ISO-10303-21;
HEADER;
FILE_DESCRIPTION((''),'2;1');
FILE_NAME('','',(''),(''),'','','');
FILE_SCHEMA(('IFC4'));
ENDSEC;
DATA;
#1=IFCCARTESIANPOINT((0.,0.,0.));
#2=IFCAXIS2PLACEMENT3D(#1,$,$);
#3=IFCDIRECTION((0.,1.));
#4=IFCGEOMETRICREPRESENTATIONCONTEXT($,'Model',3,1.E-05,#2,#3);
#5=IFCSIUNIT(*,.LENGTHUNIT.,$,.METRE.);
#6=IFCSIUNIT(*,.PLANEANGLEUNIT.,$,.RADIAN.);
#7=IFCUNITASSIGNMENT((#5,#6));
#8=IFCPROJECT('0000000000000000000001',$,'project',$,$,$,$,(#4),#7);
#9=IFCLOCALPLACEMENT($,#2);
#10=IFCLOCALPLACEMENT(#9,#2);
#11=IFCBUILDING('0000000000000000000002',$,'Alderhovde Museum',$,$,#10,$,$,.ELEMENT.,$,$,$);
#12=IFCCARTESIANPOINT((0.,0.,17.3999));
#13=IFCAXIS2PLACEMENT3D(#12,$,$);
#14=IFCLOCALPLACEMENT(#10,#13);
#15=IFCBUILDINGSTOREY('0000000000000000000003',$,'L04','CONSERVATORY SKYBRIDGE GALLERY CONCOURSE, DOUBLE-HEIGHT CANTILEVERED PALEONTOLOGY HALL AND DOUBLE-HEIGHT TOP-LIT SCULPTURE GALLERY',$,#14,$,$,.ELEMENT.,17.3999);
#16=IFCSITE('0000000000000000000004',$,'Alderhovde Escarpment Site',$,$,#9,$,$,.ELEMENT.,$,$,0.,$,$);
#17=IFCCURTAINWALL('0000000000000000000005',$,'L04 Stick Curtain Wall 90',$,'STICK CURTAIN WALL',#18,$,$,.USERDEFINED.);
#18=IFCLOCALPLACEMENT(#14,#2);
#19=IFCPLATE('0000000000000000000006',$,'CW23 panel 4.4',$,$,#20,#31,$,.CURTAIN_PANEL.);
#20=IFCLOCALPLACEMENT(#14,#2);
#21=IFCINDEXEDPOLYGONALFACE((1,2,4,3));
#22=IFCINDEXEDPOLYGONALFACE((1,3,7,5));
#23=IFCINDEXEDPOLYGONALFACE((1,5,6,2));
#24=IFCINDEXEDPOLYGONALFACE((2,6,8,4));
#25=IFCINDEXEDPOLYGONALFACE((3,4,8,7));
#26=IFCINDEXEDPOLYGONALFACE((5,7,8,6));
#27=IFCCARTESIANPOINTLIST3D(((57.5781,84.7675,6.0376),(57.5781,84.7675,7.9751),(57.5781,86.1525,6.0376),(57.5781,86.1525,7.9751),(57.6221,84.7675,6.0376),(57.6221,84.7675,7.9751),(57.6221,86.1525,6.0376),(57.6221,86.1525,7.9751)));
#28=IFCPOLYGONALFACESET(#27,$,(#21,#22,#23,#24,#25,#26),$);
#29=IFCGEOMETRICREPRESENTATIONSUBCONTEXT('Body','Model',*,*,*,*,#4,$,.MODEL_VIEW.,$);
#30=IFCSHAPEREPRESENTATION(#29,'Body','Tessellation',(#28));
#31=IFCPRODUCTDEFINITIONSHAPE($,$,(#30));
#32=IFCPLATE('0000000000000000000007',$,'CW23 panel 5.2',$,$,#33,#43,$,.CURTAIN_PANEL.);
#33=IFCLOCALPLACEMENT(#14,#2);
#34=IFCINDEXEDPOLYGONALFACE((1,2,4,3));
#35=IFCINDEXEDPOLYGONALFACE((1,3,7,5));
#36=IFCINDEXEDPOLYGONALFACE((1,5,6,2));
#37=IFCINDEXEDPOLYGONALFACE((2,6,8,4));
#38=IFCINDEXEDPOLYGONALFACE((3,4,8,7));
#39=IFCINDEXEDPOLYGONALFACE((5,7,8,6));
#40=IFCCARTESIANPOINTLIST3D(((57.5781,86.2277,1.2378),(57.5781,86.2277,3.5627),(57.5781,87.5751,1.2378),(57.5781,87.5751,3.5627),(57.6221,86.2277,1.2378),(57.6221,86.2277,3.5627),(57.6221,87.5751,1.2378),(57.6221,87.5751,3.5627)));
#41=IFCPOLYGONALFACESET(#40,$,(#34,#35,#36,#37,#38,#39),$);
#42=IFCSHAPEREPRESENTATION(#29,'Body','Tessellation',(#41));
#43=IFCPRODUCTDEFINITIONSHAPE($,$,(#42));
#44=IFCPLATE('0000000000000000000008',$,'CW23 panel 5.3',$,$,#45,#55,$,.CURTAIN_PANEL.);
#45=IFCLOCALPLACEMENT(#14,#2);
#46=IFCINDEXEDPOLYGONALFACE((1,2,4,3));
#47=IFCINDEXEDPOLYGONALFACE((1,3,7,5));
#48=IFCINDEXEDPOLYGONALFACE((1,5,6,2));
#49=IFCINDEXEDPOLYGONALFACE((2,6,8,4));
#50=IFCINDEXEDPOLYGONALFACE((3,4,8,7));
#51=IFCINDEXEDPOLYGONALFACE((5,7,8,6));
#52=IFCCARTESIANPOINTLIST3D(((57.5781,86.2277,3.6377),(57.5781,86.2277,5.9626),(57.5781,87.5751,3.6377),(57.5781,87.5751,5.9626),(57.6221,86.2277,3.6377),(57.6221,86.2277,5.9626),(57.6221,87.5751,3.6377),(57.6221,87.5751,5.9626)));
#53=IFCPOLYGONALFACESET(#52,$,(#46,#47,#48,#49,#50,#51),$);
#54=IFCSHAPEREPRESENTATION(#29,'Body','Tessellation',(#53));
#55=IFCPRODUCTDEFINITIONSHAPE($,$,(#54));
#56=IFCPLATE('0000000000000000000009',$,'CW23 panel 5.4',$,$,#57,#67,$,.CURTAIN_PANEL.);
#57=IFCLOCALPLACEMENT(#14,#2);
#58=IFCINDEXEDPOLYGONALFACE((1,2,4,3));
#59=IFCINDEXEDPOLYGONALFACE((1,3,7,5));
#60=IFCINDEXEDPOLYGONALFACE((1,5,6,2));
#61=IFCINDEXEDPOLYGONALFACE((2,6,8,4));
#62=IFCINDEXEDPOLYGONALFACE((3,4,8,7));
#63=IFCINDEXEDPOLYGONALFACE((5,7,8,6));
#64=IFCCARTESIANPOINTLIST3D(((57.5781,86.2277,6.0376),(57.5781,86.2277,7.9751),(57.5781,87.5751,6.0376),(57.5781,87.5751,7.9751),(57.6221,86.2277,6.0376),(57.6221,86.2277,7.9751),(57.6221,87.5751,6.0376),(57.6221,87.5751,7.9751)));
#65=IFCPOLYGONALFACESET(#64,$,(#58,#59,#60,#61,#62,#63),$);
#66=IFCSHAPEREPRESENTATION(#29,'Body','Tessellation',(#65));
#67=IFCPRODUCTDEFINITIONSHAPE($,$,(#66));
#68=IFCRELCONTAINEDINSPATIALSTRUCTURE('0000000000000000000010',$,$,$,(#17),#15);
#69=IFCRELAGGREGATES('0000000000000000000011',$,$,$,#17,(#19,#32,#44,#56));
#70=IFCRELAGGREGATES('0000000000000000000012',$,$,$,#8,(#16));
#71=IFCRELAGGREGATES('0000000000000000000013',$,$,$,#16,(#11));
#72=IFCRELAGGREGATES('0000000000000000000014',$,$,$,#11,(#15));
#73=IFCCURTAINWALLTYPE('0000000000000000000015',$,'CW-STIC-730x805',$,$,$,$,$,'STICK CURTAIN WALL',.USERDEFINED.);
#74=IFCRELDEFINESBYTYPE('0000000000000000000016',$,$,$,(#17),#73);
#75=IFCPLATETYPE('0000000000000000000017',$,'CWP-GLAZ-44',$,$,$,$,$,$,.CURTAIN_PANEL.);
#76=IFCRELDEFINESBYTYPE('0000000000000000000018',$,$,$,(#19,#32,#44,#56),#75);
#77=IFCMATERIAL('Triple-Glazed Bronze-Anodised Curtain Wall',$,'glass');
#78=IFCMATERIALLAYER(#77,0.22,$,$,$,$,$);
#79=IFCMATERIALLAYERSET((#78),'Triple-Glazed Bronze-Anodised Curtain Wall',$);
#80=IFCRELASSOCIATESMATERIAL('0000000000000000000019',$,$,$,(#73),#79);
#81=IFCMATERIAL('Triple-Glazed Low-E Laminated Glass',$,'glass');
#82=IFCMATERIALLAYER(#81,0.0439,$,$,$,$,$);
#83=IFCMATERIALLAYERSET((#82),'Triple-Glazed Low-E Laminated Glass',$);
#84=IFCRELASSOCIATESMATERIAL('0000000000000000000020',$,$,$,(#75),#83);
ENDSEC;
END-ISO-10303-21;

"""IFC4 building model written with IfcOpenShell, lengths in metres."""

from ifc_helpers import new_model, si_unit, direction, frame, origin, origin_2d, place, context, subcontext, project, spatial, rectangle, extrude, material, layer, layer_set, type_object, element, aggregate, save


model = new_model("IFC4")

# Units and contexts
model_context = context("Model", 3, precision=1e-05, world=origin(), true_north=direction((0.0, 1.0)))
body_context = subcontext(model_context, "Body", "Model", "MODEL_VIEW")
ifc_project = project(units=[si_unit("LENGTHUNIT", "METRE"), si_unit("PLANEANGLEUNIT", "RADIAN")], contexts=[model_context])

# Site, building, storey
site_placement = place(None, origin())
site = spatial("IfcSite", under=ifc_project, at=site_placement, Name="Alderhovde Escarpment Site", CompositionType="ELEMENT", RefElevation=0.0)
building_placement = place(site_placement, origin())
building = spatial("IfcBuilding", under=site, at=building_placement, Name="Alderhovde Museum", CompositionType="ELEMENT")
storey_placement = place(building_placement, frame((0.0, 0.0, 17.3999)))
storey = spatial("IfcBuildingStorey", under=building, at=storey_placement, Name="L04", Description="CONSERVATORY SKYBRIDGE GALLERY CONCOURSE, DOUBLE-HEIGHT CANTILEVERED PALEONTOLOGY HALL AND DOUBLE-HEIGHT TOP-LIT SCULPTURE GALLERY", CompositionType="ELEMENT", Elevation=17.3999)

# Curtain wall
ifc_material_1 = material(Name="Triple-Glazed Bronze-Anodised Curtain Wall", Category="glass")
ifc_layer_1 = layer(ifc_material_1, 0.22)
ifc_layer_set_1 = layer_set([ifc_layer_1], Name="Triple-Glazed Bronze-Anodised Curtain Wall")
curtain_wall_type_1 = type_object("IfcCurtainWallType", Name="CW-STIC-730x805", ElementType="STICK CURTAIN WALL", PredefinedType="USERDEFINED", material=ifc_layer_set_1)
curtain_wall_1_placement = place(storey_placement, origin())
curtain_wall_1 = element("IfcCurtainWall", 1, at=curtain_wall_1_placement, inside=storey, type_object=curtain_wall_type_1, Name="L04 Stick Curtain Wall 90", ObjectType="STICK CURTAIN WALL", PredefinedType="USERDEFINED")

# Plates
ifc_material_2 = material(Name="Triple-Glazed Low-E Laminated Glass", Category="glass")
ifc_layer_2 = layer(ifc_material_2, 0.0439)
ifc_layer_set_2 = layer_set([ifc_layer_2], Name="Triple-Glazed Low-E Laminated Glass")
plate_type = type_object("IfcPlateType", Name="CWP-GLAZ-44", PredefinedType="CURTAIN_PANEL", material=ifc_layer_set_2)
plate_1_placement = place(storey_placement, frame((57.6001, 85.46, 6.0376), z_axis=(0.0, 0.0, 1.0), x_axis=(0.0, 1.0, 0.0)))
plate_1 = element("IfcPlate", 2, at=plate_1_placement, type_object=plate_type, Name="CW23 panel 4.4", PredefinedType="CURTAIN_PANEL", context=body_context, shape_type="SweptSolid", body=[
    extrude(rectangle(XDim=1.385, YDim=0.0439, at=origin_2d()), origin(), (0.0, 0.0, 1.0), 1.9375),
])
plate_2_placement = place(storey_placement, frame((57.6001, 86.9014, 1.2378), z_axis=(0.0, 0.0, 1.0), x_axis=(0.0, 1.0, 0.0)))
plate_2 = element("IfcPlate", 3, at=plate_2_placement, type_object=plate_type, Name="CW23 panel 5.2", PredefinedType="CURTAIN_PANEL", context=body_context, shape_type="SweptSolid", body=[
    extrude(rectangle(XDim=1.3474, YDim=0.0439, at=origin_2d()), origin(), (0.0, 0.0, 1.0), 2.325),
])
plate_3_placement = place(storey_placement, frame((57.6001, 86.9014, 3.6377), z_axis=(0.0, 0.0, 1.0), x_axis=(0.0, 1.0, 0.0)))
plate_3 = element("IfcPlate", 4, at=plate_3_placement, type_object=plate_type, Name="CW23 panel 5.3", PredefinedType="CURTAIN_PANEL", context=body_context, shape_type="SweptSolid", body=[
    extrude(rectangle(XDim=1.3474, YDim=0.0439, at=origin_2d()), origin(), (0.0, 0.0, 1.0), 2.325),
])
plate_4_placement = place(storey_placement, frame((57.6001, 86.9014, 6.0376), z_axis=(0.0, 0.0, 1.0), x_axis=(0.0, 1.0, 0.0)))
plate_4 = element("IfcPlate", 5, at=plate_4_placement, type_object=plate_type, Name="CW23 panel 5.4", PredefinedType="CURTAIN_PANEL", context=body_context, shape_type="SweptSolid", body=[
    extrude(rectangle(XDim=1.3474, YDim=0.0439, at=origin_2d()), origin(), (0.0, 0.0, 1.0), 1.9375),
])
aggregate(curtain_wall_1, [plate_1, plate_2, plate_3, plate_4])

save(model, "model.ifc")
